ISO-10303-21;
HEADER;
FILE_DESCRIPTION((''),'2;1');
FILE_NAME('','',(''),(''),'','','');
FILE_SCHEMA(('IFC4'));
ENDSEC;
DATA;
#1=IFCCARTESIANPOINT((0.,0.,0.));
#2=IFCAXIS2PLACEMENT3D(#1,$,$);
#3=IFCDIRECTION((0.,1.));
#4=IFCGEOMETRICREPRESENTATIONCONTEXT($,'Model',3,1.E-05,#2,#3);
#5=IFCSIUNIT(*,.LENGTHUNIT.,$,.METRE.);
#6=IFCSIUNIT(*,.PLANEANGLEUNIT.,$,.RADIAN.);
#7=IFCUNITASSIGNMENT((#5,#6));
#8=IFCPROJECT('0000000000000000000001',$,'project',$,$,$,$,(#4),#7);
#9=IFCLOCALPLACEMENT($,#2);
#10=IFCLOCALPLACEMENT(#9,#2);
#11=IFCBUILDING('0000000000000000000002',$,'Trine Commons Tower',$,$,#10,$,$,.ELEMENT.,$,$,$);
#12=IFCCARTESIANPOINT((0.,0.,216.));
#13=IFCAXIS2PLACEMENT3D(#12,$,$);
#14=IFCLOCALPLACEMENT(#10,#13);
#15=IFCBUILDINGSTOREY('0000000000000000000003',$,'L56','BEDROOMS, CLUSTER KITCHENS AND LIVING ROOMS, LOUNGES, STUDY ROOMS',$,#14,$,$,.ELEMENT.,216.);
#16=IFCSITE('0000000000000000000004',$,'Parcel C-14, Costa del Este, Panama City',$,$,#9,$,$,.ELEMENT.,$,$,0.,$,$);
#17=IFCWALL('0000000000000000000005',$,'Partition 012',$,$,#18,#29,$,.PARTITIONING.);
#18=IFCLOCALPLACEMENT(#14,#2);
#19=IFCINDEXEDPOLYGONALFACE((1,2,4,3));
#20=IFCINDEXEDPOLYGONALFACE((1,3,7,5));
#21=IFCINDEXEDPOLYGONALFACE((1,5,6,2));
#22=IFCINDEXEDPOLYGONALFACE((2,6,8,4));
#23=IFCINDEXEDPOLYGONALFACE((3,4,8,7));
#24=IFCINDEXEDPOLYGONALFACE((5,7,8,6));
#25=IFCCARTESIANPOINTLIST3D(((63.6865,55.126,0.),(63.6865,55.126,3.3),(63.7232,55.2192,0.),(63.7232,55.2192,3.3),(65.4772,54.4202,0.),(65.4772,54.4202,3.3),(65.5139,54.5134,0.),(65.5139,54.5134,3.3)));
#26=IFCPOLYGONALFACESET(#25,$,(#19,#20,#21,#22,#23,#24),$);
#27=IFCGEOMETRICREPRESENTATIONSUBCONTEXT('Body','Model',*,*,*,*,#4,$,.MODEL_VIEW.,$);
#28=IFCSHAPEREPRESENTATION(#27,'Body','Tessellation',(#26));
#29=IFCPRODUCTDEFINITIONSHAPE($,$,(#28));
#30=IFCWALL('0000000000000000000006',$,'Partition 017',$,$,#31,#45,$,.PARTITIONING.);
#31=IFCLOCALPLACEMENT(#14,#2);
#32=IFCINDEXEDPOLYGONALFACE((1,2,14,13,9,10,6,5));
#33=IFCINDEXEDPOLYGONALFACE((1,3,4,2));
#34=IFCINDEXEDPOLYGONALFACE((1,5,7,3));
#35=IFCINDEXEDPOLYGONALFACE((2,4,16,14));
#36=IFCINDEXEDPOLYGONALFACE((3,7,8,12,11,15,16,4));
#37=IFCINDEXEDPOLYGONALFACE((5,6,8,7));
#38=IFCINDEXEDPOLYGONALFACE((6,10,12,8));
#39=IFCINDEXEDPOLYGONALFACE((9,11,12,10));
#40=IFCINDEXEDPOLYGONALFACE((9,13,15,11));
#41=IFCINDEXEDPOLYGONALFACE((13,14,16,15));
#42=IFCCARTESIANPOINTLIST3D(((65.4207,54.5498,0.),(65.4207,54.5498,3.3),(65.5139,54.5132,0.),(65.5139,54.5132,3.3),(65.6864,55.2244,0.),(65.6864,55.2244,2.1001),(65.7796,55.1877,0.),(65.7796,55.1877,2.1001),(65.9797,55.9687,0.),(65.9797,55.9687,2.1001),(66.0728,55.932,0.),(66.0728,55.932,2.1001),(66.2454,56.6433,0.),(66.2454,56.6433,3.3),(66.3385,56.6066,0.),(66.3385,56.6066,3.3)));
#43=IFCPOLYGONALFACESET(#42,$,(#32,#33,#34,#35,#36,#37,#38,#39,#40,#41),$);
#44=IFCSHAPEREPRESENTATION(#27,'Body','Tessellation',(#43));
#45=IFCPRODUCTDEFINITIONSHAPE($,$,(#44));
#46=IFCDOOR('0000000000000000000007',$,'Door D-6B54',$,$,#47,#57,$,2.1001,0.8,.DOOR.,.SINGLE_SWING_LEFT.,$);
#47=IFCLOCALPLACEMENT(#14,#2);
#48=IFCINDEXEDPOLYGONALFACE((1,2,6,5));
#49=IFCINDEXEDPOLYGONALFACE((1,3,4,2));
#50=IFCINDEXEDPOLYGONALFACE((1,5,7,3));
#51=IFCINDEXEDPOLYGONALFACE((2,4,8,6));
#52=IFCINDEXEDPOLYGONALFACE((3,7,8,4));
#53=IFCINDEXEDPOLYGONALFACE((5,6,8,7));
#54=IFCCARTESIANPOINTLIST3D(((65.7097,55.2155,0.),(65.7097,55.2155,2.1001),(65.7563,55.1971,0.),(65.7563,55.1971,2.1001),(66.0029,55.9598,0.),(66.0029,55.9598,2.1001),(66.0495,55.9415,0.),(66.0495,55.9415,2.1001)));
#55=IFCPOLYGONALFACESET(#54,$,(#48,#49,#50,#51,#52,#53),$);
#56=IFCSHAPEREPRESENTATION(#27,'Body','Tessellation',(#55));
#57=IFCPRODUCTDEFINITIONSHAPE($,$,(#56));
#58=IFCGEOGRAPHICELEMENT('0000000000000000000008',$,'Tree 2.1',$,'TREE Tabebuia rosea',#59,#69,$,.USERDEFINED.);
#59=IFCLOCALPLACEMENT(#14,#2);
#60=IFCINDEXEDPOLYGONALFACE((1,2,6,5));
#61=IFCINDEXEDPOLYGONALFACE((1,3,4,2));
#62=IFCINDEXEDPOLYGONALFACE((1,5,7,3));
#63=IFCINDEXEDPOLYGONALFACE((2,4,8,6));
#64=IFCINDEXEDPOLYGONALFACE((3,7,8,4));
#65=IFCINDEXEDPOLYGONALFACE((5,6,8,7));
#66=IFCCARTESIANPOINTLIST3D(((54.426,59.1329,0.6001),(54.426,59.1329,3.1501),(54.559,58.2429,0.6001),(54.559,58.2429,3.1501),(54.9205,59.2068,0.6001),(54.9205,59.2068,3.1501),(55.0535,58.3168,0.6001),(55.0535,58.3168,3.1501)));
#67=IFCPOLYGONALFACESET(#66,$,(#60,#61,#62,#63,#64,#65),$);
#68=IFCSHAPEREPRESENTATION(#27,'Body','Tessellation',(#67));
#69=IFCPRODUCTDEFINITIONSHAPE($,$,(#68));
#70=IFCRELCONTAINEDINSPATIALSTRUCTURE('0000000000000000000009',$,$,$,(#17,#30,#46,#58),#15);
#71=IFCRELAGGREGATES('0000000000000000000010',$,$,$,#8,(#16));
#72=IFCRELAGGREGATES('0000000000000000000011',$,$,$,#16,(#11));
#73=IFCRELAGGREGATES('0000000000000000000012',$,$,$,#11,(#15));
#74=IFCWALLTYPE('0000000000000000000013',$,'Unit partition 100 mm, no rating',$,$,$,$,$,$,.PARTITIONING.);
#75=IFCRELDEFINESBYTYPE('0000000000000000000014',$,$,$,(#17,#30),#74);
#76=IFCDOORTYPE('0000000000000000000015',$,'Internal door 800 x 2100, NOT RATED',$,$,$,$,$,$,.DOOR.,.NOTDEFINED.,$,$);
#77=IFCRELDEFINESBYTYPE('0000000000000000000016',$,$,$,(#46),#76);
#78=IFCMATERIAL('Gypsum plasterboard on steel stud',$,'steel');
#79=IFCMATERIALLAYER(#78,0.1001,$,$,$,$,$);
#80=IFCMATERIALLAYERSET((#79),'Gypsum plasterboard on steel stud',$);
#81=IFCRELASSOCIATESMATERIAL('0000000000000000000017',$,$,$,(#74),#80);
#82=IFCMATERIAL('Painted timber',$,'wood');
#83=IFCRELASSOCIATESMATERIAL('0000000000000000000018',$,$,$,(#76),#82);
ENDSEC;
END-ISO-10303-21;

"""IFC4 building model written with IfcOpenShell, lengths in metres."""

from ifc_helpers import new_model, si_unit, direction, frame, frame_2d, origin, origin_2d, place, context, subcontext, project, spatial, rectangle, extrude, material, layer, layer_set, type_object, element, fill, save


model = new_model("IFC4")

# Units and contexts
model_context = context("Model", 3, precision=1e-05, world=origin(), true_north=direction((0.0, 1.0)))
body_context = subcontext(model_context, "Body", "Model", "MODEL_VIEW")
ifc_project = project(units=[si_unit("LENGTHUNIT", "METRE"), si_unit("PLANEANGLEUNIT", "RADIAN")], contexts=[model_context])

# Site, building, storey
site_placement = place(None, origin())
site = spatial("IfcSite", under=ifc_project, at=site_placement, Name="Parcel C-14, Costa del Este, Panama City", CompositionType="ELEMENT", RefElevation=0.0)
building_placement = place(site_placement, origin())
building = spatial("IfcBuilding", under=site, at=building_placement, Name="Trine Commons Tower", CompositionType="ELEMENT")
storey_placement = place(building_placement, frame((0.0, 0.0, 216.0)))
storey = spatial("IfcBuildingStorey", under=building, at=storey_placement, Name="L56", Description="BEDROOMS, CLUSTER KITCHENS AND LIVING ROOMS, LOUNGES, STUDY ROOMS", CompositionType="ELEMENT", Elevation=216.0)

# Shared definitions
ifc_material_1 = material(Name="Gypsum plasterboard on steel stud", Category="steel")

# Shared definitions
ifc_material_2 = material(Name="Painted timber", Category="wood")

# Shared definitions
ifc_layer_1 = layer(ifc_material_1, 0.1001)
ifc_layer_set_1 = layer_set([ifc_layer_1], Name="Gypsum plasterboard on steel stud")
wall_type_1 = type_object("IfcWallType", Name="Unit partition 100 mm, no rating", PredefinedType="PARTITIONING", material=ifc_layer_set_1)
door_type_1 = type_object("IfcDoorType", Name="Internal door 800 x 2100, NOT RATED", OperationType="NOTDEFINED", PredefinedType="DOOR", material=ifc_material_2)

# Wall
wall_1_placement = place(storey_placement, frame((63.7048, 55.1726, 0.0), z_axis=(0.0, 0.0, 1.0), x_axis=(0.930345, -0.366684, 0.0)))
element("IfcWall", 1, at=wall_1_placement, inside=storey, type_object=wall_type_1, Name="Partition 012", PredefinedType="PARTITIONING", context=body_context, shape_type="SweptSolid", body=[
    extrude(rectangle(XDim=1.9248, YDim=0.1001, at=frame_2d((0.9624, 0.0))), origin(), (0.0, 0.0, 1.0), 3.3),
])

# Wall, opening, door
wall_2_placement = place(storey_placement, frame((65.4673, 54.5315, 0.0), z_axis=(0.0, 0.0, 1.0), x_axis=(0.366522, 0.93041, 0.0)))
wall_2 = element("IfcWall", 2, at=wall_2_placement, inside=storey, type_object=wall_type_1, Name="Partition 017", PredefinedType="PARTITIONING", context=body_context, shape_type="SweptSolid", body=[
    extrude(rectangle(XDim=2.25, YDim=0.1001, at=frame_2d((1.125, 0.0))), origin(), (0.0, 0.0, 1.0), 3.3),
])
opening_1_placement = place(wall_2_placement, frame((0.7251, 0.0, 0.0)))
opening_1 = element("IfcOpeningElement", 3, at=opening_1_placement, cuts=wall_2, PredefinedType="OPENING", context=body_context, shape_type="SweptSolid", body=[
    extrude(rectangle(XDim=0.8, YDim=2.1001, at=frame_2d((0.3999, 1.05))), frame((0.0, 0.0601, 0.0), z_axis=(0.0, -1.0, 0.0), x_axis=(1.0, 0.0, 0.0)), (0.0, 0.0, 1.0), 0.1201),
])
door_1_placement = place(opening_1_placement, frame((0.8, 0.0, 0.0), z_axis=(0.0, 0.0, 1.0), x_axis=(-1.0, 0.0, 0.0)))
door_1 = element("IfcDoor", 4, at=door_1_placement, inside=storey, type_object=door_type_1, Name="Door D-6B54", OperationType="SINGLE_SWING_LEFT", OverallHeight=2.1001, OverallWidth=0.8, PredefinedType="DOOR", context=body_context, shape_type="SweptSolid", body=[
    extrude(rectangle(XDim=0.8, YDim=2.1001, at=frame_2d((0.3999, 1.05))), frame((0.0, 0.0249, 0.0), z_axis=(0.0, -1.0, 0.0), x_axis=(1.0, 0.0, 0.0)), (0.0, 0.0, 1.0), 0.05),
])
fill(opening_1, door_1)

# Geographic element
geographic_element_placement = place(storey_placement, frame((54.7397, 58.7249, 0.6001), z_axis=(0.0, 0.0, 1.0), x_axis=(-0.147813, 0.989015, 0.0)))
element("IfcGeographicElement", 5, at=geographic_element_placement, inside=storey, Name="Tree 2.1", ObjectType="TREE Tabebuia rosea", PredefinedType="USERDEFINED", context=body_context, shape_type="SweptSolid", body=[
    extrude(rectangle(XDim=0.8999, YDim=0.5, at=origin_2d()), origin(), (0.0, 0.0, 1.0), 2.55),
])

save(model, "model.ifc")
